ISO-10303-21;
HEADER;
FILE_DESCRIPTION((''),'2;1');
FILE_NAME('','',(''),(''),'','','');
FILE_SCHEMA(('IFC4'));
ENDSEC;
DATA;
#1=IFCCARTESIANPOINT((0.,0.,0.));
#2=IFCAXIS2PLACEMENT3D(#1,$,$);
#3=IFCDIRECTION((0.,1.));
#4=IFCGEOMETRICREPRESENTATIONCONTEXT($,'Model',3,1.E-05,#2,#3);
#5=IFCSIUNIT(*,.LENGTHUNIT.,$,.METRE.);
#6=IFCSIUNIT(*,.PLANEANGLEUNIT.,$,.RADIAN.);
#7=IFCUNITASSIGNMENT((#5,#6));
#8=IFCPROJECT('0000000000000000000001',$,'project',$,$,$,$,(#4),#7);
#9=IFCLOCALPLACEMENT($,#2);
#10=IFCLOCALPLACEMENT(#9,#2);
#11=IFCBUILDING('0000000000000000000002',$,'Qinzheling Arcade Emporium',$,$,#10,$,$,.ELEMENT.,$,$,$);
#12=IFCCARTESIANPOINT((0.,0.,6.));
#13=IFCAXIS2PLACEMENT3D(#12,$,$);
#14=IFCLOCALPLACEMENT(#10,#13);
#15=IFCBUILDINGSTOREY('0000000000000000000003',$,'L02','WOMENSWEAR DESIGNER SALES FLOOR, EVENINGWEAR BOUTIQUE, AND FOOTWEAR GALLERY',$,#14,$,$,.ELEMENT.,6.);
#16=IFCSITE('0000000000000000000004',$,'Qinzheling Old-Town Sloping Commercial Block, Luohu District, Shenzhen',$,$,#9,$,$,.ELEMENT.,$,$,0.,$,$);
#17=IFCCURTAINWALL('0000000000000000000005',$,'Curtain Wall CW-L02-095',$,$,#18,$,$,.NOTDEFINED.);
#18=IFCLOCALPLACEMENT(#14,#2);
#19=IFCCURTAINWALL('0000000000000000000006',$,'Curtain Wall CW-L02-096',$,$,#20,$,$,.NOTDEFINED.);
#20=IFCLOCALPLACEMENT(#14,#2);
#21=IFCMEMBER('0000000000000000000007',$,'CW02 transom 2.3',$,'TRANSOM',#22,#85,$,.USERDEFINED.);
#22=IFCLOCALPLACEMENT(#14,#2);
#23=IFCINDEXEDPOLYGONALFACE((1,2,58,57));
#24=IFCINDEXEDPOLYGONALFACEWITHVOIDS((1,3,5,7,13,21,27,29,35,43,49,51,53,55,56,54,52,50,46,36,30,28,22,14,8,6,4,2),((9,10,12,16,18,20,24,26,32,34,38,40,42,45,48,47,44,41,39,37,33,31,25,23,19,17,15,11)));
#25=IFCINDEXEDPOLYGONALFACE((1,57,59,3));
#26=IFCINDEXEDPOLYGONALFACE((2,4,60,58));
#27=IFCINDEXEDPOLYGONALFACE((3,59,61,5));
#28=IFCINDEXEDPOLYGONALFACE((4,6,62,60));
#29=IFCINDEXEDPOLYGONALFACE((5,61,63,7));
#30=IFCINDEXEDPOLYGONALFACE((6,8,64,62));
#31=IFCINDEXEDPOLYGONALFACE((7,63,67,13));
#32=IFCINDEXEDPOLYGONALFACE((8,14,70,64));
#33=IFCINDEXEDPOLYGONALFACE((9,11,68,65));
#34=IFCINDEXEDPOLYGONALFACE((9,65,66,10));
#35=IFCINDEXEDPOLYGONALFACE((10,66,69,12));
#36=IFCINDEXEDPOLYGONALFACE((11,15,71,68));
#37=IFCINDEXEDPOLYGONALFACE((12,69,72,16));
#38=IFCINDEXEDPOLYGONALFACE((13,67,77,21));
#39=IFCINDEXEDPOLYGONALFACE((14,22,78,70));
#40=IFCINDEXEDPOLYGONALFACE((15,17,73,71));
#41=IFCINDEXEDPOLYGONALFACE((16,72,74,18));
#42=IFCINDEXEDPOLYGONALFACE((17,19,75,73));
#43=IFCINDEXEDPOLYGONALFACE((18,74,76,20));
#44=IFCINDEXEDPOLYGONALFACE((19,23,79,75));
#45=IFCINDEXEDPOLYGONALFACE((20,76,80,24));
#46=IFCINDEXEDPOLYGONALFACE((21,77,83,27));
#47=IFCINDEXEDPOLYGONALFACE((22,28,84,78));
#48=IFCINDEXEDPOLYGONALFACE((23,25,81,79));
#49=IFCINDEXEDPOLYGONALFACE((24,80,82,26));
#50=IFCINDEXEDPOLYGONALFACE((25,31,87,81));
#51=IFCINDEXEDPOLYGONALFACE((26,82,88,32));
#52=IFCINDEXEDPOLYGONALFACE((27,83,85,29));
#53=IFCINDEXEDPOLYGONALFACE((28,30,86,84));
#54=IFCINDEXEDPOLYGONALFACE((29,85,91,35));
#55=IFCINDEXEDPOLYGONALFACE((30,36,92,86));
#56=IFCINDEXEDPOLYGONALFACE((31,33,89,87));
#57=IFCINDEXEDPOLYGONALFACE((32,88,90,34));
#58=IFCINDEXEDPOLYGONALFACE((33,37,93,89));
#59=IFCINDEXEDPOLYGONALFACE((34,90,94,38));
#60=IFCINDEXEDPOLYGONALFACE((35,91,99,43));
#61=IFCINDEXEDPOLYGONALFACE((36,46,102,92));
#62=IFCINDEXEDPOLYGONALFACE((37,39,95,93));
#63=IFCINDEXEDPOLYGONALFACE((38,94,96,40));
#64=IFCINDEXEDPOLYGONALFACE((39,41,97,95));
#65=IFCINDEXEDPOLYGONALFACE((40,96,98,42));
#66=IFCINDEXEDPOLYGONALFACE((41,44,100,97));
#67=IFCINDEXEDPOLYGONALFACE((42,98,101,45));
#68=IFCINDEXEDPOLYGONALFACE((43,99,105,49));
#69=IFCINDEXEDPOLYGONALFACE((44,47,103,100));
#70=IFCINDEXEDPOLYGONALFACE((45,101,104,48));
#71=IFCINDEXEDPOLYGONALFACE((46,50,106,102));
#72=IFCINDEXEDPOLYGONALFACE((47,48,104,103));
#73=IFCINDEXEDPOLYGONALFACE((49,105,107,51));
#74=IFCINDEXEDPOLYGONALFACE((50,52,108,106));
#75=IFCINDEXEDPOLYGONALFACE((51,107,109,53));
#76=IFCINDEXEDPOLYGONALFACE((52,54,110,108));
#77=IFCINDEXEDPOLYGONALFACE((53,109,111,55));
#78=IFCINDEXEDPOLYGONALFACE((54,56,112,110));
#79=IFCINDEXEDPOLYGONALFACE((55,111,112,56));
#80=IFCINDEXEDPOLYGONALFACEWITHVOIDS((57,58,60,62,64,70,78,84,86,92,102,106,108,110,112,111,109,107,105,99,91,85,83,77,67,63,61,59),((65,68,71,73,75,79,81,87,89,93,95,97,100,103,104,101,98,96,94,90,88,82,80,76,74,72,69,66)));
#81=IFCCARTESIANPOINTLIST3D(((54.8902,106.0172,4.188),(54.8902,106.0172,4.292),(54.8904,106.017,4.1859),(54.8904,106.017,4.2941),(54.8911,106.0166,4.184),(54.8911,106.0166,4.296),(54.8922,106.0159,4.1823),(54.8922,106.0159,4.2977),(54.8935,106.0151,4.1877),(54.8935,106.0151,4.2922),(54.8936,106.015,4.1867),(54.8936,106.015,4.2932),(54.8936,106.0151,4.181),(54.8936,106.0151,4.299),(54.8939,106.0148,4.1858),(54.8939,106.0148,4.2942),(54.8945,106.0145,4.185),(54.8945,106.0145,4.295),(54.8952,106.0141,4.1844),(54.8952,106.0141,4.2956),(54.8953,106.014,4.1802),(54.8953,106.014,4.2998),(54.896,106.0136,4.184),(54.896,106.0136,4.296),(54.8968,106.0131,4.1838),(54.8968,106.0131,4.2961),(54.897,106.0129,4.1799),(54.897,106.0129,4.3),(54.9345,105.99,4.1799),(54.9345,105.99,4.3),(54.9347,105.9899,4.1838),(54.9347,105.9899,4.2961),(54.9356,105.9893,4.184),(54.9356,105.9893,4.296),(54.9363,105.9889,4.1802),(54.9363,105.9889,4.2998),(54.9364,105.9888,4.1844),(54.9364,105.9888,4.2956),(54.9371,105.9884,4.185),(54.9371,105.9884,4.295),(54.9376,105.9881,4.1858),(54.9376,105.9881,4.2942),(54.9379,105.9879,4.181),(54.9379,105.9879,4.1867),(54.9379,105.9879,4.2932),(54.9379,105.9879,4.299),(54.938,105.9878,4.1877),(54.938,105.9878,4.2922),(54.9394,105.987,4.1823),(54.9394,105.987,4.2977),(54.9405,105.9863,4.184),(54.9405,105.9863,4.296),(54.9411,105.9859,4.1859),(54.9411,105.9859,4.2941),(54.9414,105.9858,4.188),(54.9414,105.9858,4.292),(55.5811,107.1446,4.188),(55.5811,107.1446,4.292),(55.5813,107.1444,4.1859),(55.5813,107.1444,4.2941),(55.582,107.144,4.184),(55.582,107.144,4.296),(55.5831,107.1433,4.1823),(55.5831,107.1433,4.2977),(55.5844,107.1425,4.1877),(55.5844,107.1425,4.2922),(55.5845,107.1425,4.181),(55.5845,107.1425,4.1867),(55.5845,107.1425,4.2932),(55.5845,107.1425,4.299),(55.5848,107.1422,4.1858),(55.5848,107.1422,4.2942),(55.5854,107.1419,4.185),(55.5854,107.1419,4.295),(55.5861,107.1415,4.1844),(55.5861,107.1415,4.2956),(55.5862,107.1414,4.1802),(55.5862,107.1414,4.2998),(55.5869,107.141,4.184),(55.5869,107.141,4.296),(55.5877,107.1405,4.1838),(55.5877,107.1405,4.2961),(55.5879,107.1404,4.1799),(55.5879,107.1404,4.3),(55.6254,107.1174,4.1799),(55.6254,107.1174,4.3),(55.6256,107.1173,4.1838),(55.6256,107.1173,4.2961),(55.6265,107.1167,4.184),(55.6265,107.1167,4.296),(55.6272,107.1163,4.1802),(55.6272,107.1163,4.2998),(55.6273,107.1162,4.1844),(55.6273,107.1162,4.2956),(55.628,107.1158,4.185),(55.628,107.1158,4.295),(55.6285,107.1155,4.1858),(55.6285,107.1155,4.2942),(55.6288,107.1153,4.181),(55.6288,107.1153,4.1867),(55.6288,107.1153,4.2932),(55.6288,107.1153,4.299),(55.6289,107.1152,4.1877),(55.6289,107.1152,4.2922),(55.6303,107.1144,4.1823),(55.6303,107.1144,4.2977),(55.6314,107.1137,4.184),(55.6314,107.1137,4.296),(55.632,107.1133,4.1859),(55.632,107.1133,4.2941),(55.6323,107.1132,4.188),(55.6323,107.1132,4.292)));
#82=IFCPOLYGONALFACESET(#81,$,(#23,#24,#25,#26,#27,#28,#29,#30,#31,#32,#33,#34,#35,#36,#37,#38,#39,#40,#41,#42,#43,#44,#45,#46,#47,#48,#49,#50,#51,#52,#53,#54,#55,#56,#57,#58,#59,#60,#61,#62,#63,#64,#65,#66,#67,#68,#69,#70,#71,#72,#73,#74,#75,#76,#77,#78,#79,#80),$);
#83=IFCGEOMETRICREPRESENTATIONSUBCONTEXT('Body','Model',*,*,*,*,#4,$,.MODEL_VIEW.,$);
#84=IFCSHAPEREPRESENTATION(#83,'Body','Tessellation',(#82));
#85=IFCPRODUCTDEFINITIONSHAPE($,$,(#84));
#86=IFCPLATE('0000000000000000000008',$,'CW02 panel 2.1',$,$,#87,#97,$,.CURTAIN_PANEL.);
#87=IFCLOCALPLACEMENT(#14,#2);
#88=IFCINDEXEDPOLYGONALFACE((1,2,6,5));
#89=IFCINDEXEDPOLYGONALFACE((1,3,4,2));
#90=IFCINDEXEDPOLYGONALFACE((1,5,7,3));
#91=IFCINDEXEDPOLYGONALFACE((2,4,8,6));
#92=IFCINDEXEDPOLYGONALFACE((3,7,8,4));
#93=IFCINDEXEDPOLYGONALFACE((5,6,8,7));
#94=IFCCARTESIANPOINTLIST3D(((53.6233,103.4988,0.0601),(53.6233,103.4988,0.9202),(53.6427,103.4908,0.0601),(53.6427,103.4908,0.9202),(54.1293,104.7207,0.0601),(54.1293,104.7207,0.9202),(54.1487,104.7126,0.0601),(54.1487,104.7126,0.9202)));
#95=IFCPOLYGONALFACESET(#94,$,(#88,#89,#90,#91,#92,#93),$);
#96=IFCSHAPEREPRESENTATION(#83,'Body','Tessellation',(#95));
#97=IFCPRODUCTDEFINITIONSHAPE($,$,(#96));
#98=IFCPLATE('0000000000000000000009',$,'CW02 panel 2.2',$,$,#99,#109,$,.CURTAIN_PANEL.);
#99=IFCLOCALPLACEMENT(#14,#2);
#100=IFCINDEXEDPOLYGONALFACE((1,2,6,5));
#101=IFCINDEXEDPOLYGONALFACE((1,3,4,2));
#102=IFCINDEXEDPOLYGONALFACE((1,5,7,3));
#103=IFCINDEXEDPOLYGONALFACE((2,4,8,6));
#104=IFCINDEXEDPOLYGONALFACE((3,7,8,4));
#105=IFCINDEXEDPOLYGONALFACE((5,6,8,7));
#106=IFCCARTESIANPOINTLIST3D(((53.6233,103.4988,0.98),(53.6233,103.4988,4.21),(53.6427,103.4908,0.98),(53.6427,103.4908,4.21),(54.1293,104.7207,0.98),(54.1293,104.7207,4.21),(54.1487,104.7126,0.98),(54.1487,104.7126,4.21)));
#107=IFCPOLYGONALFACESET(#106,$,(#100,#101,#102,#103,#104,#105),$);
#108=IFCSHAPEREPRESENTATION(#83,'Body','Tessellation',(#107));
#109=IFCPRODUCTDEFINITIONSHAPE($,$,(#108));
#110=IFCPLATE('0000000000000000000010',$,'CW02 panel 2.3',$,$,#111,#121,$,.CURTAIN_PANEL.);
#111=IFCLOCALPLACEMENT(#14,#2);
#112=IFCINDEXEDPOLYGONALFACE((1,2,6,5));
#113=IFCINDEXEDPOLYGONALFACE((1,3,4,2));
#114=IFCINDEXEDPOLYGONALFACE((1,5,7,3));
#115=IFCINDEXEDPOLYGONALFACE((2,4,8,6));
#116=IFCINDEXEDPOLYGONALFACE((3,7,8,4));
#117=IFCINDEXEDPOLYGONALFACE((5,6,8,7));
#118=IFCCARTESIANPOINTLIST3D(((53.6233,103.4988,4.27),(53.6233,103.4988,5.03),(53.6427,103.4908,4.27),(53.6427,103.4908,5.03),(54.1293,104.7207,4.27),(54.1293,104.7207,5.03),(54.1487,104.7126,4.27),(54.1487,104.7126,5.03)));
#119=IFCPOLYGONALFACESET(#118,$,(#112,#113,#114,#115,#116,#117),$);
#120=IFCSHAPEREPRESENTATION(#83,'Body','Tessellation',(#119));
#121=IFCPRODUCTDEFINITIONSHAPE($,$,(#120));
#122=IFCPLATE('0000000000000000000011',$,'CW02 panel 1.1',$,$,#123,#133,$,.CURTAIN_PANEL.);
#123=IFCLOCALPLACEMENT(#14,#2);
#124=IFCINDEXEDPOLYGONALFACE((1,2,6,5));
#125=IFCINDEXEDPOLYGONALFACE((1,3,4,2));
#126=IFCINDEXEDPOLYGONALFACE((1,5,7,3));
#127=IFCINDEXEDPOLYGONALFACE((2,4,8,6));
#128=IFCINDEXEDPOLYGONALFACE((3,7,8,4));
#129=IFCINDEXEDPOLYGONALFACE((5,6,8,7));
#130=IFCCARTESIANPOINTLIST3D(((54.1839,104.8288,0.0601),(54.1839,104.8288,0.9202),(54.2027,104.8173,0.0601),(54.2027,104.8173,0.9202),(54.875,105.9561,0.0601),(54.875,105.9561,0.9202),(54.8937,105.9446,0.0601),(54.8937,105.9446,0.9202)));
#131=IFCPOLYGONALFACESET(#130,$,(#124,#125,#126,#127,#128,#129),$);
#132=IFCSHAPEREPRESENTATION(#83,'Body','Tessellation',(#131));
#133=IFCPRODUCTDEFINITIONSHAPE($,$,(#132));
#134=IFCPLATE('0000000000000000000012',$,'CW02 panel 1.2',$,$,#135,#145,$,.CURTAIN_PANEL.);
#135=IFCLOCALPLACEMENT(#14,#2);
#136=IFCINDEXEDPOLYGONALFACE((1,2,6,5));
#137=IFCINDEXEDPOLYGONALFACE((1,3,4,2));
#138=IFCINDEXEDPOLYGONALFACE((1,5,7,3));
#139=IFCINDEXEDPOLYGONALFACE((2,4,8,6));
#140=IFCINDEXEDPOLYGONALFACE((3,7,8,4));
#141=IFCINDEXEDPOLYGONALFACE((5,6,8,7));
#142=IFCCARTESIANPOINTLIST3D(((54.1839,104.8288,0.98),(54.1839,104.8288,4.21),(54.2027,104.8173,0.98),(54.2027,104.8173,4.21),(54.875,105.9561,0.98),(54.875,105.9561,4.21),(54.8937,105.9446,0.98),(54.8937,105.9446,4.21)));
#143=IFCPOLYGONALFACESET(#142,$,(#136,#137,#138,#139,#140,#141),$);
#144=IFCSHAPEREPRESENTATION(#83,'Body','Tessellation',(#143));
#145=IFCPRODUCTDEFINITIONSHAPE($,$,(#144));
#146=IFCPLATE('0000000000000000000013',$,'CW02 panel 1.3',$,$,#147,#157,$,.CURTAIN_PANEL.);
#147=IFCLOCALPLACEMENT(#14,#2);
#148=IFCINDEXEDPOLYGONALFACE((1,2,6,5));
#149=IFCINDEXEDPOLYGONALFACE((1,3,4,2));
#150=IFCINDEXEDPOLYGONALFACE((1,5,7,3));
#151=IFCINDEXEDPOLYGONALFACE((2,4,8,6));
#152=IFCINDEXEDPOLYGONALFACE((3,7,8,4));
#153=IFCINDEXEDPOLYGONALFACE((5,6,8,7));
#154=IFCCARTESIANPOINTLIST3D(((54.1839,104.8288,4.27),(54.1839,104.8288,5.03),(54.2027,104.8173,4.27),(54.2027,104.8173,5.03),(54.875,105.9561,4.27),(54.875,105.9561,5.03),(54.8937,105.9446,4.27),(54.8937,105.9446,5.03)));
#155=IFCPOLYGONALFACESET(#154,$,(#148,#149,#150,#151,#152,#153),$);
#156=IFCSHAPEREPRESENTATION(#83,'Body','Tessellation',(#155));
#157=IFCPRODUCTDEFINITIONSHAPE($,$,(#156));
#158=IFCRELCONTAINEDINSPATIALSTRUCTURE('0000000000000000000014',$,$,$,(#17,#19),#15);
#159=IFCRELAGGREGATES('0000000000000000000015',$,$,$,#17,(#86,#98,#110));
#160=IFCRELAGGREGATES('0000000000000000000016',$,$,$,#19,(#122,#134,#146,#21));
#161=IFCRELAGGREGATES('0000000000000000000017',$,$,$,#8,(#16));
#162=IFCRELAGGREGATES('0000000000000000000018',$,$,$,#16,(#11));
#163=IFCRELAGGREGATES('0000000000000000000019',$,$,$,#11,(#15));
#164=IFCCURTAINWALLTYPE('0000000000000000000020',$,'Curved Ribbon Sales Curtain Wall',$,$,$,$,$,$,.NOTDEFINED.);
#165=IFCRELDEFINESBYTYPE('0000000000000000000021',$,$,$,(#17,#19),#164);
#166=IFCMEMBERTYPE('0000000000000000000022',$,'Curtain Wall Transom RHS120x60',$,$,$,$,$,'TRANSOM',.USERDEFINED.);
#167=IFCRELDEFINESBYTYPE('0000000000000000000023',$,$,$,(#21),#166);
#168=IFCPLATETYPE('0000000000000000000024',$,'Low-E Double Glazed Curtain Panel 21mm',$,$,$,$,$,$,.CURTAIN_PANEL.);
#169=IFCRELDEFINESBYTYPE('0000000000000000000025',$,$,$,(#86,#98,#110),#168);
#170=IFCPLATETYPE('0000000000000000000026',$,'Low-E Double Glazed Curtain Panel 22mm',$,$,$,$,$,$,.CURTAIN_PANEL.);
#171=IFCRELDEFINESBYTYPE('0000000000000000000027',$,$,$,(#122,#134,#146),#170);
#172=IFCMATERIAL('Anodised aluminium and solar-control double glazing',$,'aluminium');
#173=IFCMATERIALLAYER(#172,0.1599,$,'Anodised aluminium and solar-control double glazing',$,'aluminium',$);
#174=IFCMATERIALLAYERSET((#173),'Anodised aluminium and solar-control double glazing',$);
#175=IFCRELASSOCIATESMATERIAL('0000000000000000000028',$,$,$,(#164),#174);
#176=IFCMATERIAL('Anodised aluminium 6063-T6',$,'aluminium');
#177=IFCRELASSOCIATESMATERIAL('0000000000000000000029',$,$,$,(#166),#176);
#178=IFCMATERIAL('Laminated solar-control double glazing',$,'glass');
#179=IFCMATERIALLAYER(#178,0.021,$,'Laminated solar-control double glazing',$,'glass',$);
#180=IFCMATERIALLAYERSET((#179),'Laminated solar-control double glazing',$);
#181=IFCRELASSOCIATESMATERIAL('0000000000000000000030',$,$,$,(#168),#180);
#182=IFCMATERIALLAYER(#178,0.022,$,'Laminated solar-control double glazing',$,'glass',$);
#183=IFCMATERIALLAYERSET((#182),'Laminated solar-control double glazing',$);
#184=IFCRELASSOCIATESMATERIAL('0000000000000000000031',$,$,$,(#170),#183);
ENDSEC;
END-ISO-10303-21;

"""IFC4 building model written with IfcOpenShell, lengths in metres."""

from ifc_helpers import new_model, si_unit, direction, frame, origin, origin_2d, place, context, subcontext, project, spatial, rectangle, hollow_rectangle, extrude, material, layer, layer_set, material_profile, profile_set, type_object, element, aggregate, save


model = new_model("IFC4")

# Units and contexts
model_context = context("Model", 3, precision=1e-05, world=origin(), true_north=direction((0.0, 1.0)))
body_context = subcontext(model_context, "Body", "Model", "MODEL_VIEW")
ifc_project = project(units=[si_unit("LENGTHUNIT", "METRE"), si_unit("PLANEANGLEUNIT", "RADIAN")], contexts=[model_context])

# Site, building, storey
site_placement = place(None, origin())
site = spatial("IfcSite", under=ifc_project, at=site_placement, Name="Qinzheling Old-Town Sloping Commercial Block, Luohu District, Shenzhen", CompositionType="ELEMENT", RefElevation=0.0)
building_placement = place(site_placement, origin())
building = spatial("IfcBuilding", under=site, at=building_placement, Name="Qinzheling Arcade Emporium", CompositionType="ELEMENT")
storey_placement = place(building_placement, frame((0.0, 0.0, 6.0)))
storey = spatial("IfcBuildingStorey", under=building, at=storey_placement, Name="L02", Description="WOMENSWEAR DESIGNER SALES FLOOR, EVENINGWEAR BOUTIQUE, AND FOOTWEAR GALLERY", CompositionType="ELEMENT", Elevation=6.0)

# Curtain walls
ifc_material_1 = material(Name="Anodised aluminium and solar-control double glazing", Category="aluminium")
ifc_layer_1 = layer(ifc_material_1, 0.1599, Name="Anodised aluminium and solar-control double glazing", Category="aluminium")
ifc_layer_set_1 = layer_set([ifc_layer_1], Name="Anodised aluminium and solar-control double glazing")
curtain_wall_type = type_object("IfcCurtainWallType", Name="Curved Ribbon Sales Curtain Wall", PredefinedType="NOTDEFINED", material=ifc_layer_set_1)
curtain_wall_1_placement = place(storey_placement, origin())
curtain_wall_1 = element("IfcCurtainWall", 1, at=curtain_wall_1_placement, inside=storey, type_object=curtain_wall_type, Name="Curtain Wall CW-L02-095", PredefinedType="NOTDEFINED")
ifc_material_2 = material(Name="Anodised aluminium 6063-T6", Category="aluminium")
curtain_wall_2_placement = place(storey_placement, origin())
curtain_wall_2 = element("IfcCurtainWall", 2, at=curtain_wall_2_placement, inside=storey, type_object=curtain_wall_type, Name="Curtain Wall CW-L02-096", PredefinedType="NOTDEFINED")

# Member
ifc_material_profile_1 = material_profile(ifc_material_2, hollow_rectangle(XDim=0.0601, YDim=0.1201, WallThickness=0.0039, InnerFilletRadius=0.0039, OuterFilletRadius=0.0081, at=origin_2d()), Name="RHS 120x60x4", Category="aluminium")
ifc_profile_set_1 = profile_set([ifc_material_profile_1], Name="Anodised aluminium 6063-T6")
member_type_1 = type_object("IfcMemberType", Name="Curtain Wall Transom RHS120x60", ElementType="TRANSOM", PredefinedType="USERDEFINED", material=ifc_profile_set_1)
member_1_placement = place(storey_placement, frame((54.9158, 106.0015, 4.24), z_axis=(0.52251, 0.852633, 0.0), x_axis=(-0.852633, 0.52251, 0.0)))
member_1 = element("IfcMember", 3, at=member_1_placement, type_object=member_type_1, Name="CW02 transom 2.3", ObjectType="TRANSOM", PredefinedType="USERDEFINED", context=body_context, shape_type="SweptSolid", body=[
    extrude(hollow_rectangle(XDim=0.0601, YDim=0.1201, WallThickness=0.0039, InnerFilletRadius=0.0039, OuterFilletRadius=0.0081, at=origin_2d()), origin(), (0.0, 0.0, 1.0), 1.3223),
])

# Plates
ifc_material_3 = material(Name="Laminated solar-control double glazing", Category="glass")
ifc_layer_2 = layer(ifc_material_3, 0.021, Name="Laminated solar-control double glazing", Category="glass")
ifc_layer_set_2 = layer_set([ifc_layer_2], Name="Laminated solar-control double glazing")
plate_type_1 = type_object("IfcPlateType", Name="Low-E Double Glazed Curtain Panel 21mm", PredefinedType="CURTAIN_PANEL", material=ifc_layer_set_2)
plate_1_placement = place(storey_placement, frame((53.886, 104.1057, 0.0601), z_axis=(0.0, 0.0, 1.0), x_axis=(0.382654, 0.923892, 0.0)))
plate_1 = element("IfcPlate", 4, at=plate_1_placement, type_object=plate_type_1, Name="CW02 panel 2.1", PredefinedType="CURTAIN_PANEL", context=body_context, shape_type="SweptSolid", body=[
    extrude(rectangle(XDim=1.3225, YDim=0.021, at=origin_2d()), origin(), (0.0, 0.0, 1.0), 0.8601),
])
plate_2_placement = place(storey_placement, frame((53.886, 104.1057, 0.98), z_axis=(0.0, 0.0, 1.0), x_axis=(0.382654, 0.923892, 0.0)))
plate_2 = element("IfcPlate", 5, at=plate_2_placement, type_object=plate_type_1, Name="CW02 panel 2.2", PredefinedType="CURTAIN_PANEL", context=body_context, shape_type="SweptSolid", body=[
    extrude(rectangle(XDim=1.3225, YDim=0.021, at=origin_2d()), origin(), (0.0, 0.0, 1.0), 3.23),
])
plate_3_placement = place(storey_placement, frame((53.886, 104.1057, 4.27), z_axis=(0.0, 0.0, 1.0), x_axis=(0.382654, 0.923892, 0.0)))
plate_3 = element("IfcPlate", 6, at=plate_3_placement, type_object=plate_type_1, Name="CW02 panel 2.3", PredefinedType="CURTAIN_PANEL", context=body_context, shape_type="SweptSolid", body=[
    extrude(rectangle(XDim=1.3225, YDim=0.021, at=origin_2d()), origin(), (0.0, 0.0, 1.0), 0.76),
])
aggregate(curtain_wall_1, [plate_1, plate_2, plate_3])
ifc_layer_3 = layer(ifc_material_3, 0.022, Name="Laminated solar-control double glazing", Category="glass")
ifc_layer_set_3 = layer_set([ifc_layer_3], Name="Laminated solar-control double glazing")
plate_type_2 = type_object("IfcPlateType", Name="Low-E Double Glazed Curtain Panel 22mm", PredefinedType="CURTAIN_PANEL", material=ifc_layer_set_3)
plate_4_placement = place(storey_placement, frame((54.5388, 105.3867, 0.0601), z_axis=(0.0, 0.0, 1.0), x_axis=(0.522595, 0.852581, 0.0)))
plate_4 = element("IfcPlate", 7, at=plate_4_placement, type_object=plate_type_2, Name="CW02 panel 1.1", PredefinedType="CURTAIN_PANEL", context=body_context, shape_type="SweptSolid", body=[
    extrude(rectangle(XDim=1.3223, YDim=0.022, at=origin_2d()), origin(), (0.0, 0.0, 1.0), 0.8601),
])
plate_5_placement = place(storey_placement, frame((54.5388, 105.3867, 0.98), z_axis=(0.0, 0.0, 1.0), x_axis=(0.522595, 0.852581, 0.0)))
plate_5 = element("IfcPlate", 8, at=plate_5_placement, type_object=plate_type_2, Name="CW02 panel 1.2", PredefinedType="CURTAIN_PANEL", context=body_context, shape_type="SweptSolid", body=[
    extrude(rectangle(XDim=1.3223, YDim=0.022, at=origin_2d()), origin(), (0.0, 0.0, 1.0), 3.23),
])
plate_6_placement = place(storey_placement, frame((54.5388, 105.3867, 4.27), z_axis=(0.0, 0.0, 1.0), x_axis=(0.522595, 0.852581, 0.0)))
plate_6 = element("IfcPlate", 9, at=plate_6_placement, type_object=plate_type_2, Name="CW02 panel 1.3", PredefinedType="CURTAIN_PANEL", context=body_context, shape_type="SweptSolid", body=[
    extrude(rectangle(XDim=1.3223, YDim=0.022, at=origin_2d()), origin(), (0.0, 0.0, 1.0), 0.76),
])
aggregate(curtain_wall_2, [plate_4, plate_5, plate_6, member_1])

save(model, "model.ifc")
